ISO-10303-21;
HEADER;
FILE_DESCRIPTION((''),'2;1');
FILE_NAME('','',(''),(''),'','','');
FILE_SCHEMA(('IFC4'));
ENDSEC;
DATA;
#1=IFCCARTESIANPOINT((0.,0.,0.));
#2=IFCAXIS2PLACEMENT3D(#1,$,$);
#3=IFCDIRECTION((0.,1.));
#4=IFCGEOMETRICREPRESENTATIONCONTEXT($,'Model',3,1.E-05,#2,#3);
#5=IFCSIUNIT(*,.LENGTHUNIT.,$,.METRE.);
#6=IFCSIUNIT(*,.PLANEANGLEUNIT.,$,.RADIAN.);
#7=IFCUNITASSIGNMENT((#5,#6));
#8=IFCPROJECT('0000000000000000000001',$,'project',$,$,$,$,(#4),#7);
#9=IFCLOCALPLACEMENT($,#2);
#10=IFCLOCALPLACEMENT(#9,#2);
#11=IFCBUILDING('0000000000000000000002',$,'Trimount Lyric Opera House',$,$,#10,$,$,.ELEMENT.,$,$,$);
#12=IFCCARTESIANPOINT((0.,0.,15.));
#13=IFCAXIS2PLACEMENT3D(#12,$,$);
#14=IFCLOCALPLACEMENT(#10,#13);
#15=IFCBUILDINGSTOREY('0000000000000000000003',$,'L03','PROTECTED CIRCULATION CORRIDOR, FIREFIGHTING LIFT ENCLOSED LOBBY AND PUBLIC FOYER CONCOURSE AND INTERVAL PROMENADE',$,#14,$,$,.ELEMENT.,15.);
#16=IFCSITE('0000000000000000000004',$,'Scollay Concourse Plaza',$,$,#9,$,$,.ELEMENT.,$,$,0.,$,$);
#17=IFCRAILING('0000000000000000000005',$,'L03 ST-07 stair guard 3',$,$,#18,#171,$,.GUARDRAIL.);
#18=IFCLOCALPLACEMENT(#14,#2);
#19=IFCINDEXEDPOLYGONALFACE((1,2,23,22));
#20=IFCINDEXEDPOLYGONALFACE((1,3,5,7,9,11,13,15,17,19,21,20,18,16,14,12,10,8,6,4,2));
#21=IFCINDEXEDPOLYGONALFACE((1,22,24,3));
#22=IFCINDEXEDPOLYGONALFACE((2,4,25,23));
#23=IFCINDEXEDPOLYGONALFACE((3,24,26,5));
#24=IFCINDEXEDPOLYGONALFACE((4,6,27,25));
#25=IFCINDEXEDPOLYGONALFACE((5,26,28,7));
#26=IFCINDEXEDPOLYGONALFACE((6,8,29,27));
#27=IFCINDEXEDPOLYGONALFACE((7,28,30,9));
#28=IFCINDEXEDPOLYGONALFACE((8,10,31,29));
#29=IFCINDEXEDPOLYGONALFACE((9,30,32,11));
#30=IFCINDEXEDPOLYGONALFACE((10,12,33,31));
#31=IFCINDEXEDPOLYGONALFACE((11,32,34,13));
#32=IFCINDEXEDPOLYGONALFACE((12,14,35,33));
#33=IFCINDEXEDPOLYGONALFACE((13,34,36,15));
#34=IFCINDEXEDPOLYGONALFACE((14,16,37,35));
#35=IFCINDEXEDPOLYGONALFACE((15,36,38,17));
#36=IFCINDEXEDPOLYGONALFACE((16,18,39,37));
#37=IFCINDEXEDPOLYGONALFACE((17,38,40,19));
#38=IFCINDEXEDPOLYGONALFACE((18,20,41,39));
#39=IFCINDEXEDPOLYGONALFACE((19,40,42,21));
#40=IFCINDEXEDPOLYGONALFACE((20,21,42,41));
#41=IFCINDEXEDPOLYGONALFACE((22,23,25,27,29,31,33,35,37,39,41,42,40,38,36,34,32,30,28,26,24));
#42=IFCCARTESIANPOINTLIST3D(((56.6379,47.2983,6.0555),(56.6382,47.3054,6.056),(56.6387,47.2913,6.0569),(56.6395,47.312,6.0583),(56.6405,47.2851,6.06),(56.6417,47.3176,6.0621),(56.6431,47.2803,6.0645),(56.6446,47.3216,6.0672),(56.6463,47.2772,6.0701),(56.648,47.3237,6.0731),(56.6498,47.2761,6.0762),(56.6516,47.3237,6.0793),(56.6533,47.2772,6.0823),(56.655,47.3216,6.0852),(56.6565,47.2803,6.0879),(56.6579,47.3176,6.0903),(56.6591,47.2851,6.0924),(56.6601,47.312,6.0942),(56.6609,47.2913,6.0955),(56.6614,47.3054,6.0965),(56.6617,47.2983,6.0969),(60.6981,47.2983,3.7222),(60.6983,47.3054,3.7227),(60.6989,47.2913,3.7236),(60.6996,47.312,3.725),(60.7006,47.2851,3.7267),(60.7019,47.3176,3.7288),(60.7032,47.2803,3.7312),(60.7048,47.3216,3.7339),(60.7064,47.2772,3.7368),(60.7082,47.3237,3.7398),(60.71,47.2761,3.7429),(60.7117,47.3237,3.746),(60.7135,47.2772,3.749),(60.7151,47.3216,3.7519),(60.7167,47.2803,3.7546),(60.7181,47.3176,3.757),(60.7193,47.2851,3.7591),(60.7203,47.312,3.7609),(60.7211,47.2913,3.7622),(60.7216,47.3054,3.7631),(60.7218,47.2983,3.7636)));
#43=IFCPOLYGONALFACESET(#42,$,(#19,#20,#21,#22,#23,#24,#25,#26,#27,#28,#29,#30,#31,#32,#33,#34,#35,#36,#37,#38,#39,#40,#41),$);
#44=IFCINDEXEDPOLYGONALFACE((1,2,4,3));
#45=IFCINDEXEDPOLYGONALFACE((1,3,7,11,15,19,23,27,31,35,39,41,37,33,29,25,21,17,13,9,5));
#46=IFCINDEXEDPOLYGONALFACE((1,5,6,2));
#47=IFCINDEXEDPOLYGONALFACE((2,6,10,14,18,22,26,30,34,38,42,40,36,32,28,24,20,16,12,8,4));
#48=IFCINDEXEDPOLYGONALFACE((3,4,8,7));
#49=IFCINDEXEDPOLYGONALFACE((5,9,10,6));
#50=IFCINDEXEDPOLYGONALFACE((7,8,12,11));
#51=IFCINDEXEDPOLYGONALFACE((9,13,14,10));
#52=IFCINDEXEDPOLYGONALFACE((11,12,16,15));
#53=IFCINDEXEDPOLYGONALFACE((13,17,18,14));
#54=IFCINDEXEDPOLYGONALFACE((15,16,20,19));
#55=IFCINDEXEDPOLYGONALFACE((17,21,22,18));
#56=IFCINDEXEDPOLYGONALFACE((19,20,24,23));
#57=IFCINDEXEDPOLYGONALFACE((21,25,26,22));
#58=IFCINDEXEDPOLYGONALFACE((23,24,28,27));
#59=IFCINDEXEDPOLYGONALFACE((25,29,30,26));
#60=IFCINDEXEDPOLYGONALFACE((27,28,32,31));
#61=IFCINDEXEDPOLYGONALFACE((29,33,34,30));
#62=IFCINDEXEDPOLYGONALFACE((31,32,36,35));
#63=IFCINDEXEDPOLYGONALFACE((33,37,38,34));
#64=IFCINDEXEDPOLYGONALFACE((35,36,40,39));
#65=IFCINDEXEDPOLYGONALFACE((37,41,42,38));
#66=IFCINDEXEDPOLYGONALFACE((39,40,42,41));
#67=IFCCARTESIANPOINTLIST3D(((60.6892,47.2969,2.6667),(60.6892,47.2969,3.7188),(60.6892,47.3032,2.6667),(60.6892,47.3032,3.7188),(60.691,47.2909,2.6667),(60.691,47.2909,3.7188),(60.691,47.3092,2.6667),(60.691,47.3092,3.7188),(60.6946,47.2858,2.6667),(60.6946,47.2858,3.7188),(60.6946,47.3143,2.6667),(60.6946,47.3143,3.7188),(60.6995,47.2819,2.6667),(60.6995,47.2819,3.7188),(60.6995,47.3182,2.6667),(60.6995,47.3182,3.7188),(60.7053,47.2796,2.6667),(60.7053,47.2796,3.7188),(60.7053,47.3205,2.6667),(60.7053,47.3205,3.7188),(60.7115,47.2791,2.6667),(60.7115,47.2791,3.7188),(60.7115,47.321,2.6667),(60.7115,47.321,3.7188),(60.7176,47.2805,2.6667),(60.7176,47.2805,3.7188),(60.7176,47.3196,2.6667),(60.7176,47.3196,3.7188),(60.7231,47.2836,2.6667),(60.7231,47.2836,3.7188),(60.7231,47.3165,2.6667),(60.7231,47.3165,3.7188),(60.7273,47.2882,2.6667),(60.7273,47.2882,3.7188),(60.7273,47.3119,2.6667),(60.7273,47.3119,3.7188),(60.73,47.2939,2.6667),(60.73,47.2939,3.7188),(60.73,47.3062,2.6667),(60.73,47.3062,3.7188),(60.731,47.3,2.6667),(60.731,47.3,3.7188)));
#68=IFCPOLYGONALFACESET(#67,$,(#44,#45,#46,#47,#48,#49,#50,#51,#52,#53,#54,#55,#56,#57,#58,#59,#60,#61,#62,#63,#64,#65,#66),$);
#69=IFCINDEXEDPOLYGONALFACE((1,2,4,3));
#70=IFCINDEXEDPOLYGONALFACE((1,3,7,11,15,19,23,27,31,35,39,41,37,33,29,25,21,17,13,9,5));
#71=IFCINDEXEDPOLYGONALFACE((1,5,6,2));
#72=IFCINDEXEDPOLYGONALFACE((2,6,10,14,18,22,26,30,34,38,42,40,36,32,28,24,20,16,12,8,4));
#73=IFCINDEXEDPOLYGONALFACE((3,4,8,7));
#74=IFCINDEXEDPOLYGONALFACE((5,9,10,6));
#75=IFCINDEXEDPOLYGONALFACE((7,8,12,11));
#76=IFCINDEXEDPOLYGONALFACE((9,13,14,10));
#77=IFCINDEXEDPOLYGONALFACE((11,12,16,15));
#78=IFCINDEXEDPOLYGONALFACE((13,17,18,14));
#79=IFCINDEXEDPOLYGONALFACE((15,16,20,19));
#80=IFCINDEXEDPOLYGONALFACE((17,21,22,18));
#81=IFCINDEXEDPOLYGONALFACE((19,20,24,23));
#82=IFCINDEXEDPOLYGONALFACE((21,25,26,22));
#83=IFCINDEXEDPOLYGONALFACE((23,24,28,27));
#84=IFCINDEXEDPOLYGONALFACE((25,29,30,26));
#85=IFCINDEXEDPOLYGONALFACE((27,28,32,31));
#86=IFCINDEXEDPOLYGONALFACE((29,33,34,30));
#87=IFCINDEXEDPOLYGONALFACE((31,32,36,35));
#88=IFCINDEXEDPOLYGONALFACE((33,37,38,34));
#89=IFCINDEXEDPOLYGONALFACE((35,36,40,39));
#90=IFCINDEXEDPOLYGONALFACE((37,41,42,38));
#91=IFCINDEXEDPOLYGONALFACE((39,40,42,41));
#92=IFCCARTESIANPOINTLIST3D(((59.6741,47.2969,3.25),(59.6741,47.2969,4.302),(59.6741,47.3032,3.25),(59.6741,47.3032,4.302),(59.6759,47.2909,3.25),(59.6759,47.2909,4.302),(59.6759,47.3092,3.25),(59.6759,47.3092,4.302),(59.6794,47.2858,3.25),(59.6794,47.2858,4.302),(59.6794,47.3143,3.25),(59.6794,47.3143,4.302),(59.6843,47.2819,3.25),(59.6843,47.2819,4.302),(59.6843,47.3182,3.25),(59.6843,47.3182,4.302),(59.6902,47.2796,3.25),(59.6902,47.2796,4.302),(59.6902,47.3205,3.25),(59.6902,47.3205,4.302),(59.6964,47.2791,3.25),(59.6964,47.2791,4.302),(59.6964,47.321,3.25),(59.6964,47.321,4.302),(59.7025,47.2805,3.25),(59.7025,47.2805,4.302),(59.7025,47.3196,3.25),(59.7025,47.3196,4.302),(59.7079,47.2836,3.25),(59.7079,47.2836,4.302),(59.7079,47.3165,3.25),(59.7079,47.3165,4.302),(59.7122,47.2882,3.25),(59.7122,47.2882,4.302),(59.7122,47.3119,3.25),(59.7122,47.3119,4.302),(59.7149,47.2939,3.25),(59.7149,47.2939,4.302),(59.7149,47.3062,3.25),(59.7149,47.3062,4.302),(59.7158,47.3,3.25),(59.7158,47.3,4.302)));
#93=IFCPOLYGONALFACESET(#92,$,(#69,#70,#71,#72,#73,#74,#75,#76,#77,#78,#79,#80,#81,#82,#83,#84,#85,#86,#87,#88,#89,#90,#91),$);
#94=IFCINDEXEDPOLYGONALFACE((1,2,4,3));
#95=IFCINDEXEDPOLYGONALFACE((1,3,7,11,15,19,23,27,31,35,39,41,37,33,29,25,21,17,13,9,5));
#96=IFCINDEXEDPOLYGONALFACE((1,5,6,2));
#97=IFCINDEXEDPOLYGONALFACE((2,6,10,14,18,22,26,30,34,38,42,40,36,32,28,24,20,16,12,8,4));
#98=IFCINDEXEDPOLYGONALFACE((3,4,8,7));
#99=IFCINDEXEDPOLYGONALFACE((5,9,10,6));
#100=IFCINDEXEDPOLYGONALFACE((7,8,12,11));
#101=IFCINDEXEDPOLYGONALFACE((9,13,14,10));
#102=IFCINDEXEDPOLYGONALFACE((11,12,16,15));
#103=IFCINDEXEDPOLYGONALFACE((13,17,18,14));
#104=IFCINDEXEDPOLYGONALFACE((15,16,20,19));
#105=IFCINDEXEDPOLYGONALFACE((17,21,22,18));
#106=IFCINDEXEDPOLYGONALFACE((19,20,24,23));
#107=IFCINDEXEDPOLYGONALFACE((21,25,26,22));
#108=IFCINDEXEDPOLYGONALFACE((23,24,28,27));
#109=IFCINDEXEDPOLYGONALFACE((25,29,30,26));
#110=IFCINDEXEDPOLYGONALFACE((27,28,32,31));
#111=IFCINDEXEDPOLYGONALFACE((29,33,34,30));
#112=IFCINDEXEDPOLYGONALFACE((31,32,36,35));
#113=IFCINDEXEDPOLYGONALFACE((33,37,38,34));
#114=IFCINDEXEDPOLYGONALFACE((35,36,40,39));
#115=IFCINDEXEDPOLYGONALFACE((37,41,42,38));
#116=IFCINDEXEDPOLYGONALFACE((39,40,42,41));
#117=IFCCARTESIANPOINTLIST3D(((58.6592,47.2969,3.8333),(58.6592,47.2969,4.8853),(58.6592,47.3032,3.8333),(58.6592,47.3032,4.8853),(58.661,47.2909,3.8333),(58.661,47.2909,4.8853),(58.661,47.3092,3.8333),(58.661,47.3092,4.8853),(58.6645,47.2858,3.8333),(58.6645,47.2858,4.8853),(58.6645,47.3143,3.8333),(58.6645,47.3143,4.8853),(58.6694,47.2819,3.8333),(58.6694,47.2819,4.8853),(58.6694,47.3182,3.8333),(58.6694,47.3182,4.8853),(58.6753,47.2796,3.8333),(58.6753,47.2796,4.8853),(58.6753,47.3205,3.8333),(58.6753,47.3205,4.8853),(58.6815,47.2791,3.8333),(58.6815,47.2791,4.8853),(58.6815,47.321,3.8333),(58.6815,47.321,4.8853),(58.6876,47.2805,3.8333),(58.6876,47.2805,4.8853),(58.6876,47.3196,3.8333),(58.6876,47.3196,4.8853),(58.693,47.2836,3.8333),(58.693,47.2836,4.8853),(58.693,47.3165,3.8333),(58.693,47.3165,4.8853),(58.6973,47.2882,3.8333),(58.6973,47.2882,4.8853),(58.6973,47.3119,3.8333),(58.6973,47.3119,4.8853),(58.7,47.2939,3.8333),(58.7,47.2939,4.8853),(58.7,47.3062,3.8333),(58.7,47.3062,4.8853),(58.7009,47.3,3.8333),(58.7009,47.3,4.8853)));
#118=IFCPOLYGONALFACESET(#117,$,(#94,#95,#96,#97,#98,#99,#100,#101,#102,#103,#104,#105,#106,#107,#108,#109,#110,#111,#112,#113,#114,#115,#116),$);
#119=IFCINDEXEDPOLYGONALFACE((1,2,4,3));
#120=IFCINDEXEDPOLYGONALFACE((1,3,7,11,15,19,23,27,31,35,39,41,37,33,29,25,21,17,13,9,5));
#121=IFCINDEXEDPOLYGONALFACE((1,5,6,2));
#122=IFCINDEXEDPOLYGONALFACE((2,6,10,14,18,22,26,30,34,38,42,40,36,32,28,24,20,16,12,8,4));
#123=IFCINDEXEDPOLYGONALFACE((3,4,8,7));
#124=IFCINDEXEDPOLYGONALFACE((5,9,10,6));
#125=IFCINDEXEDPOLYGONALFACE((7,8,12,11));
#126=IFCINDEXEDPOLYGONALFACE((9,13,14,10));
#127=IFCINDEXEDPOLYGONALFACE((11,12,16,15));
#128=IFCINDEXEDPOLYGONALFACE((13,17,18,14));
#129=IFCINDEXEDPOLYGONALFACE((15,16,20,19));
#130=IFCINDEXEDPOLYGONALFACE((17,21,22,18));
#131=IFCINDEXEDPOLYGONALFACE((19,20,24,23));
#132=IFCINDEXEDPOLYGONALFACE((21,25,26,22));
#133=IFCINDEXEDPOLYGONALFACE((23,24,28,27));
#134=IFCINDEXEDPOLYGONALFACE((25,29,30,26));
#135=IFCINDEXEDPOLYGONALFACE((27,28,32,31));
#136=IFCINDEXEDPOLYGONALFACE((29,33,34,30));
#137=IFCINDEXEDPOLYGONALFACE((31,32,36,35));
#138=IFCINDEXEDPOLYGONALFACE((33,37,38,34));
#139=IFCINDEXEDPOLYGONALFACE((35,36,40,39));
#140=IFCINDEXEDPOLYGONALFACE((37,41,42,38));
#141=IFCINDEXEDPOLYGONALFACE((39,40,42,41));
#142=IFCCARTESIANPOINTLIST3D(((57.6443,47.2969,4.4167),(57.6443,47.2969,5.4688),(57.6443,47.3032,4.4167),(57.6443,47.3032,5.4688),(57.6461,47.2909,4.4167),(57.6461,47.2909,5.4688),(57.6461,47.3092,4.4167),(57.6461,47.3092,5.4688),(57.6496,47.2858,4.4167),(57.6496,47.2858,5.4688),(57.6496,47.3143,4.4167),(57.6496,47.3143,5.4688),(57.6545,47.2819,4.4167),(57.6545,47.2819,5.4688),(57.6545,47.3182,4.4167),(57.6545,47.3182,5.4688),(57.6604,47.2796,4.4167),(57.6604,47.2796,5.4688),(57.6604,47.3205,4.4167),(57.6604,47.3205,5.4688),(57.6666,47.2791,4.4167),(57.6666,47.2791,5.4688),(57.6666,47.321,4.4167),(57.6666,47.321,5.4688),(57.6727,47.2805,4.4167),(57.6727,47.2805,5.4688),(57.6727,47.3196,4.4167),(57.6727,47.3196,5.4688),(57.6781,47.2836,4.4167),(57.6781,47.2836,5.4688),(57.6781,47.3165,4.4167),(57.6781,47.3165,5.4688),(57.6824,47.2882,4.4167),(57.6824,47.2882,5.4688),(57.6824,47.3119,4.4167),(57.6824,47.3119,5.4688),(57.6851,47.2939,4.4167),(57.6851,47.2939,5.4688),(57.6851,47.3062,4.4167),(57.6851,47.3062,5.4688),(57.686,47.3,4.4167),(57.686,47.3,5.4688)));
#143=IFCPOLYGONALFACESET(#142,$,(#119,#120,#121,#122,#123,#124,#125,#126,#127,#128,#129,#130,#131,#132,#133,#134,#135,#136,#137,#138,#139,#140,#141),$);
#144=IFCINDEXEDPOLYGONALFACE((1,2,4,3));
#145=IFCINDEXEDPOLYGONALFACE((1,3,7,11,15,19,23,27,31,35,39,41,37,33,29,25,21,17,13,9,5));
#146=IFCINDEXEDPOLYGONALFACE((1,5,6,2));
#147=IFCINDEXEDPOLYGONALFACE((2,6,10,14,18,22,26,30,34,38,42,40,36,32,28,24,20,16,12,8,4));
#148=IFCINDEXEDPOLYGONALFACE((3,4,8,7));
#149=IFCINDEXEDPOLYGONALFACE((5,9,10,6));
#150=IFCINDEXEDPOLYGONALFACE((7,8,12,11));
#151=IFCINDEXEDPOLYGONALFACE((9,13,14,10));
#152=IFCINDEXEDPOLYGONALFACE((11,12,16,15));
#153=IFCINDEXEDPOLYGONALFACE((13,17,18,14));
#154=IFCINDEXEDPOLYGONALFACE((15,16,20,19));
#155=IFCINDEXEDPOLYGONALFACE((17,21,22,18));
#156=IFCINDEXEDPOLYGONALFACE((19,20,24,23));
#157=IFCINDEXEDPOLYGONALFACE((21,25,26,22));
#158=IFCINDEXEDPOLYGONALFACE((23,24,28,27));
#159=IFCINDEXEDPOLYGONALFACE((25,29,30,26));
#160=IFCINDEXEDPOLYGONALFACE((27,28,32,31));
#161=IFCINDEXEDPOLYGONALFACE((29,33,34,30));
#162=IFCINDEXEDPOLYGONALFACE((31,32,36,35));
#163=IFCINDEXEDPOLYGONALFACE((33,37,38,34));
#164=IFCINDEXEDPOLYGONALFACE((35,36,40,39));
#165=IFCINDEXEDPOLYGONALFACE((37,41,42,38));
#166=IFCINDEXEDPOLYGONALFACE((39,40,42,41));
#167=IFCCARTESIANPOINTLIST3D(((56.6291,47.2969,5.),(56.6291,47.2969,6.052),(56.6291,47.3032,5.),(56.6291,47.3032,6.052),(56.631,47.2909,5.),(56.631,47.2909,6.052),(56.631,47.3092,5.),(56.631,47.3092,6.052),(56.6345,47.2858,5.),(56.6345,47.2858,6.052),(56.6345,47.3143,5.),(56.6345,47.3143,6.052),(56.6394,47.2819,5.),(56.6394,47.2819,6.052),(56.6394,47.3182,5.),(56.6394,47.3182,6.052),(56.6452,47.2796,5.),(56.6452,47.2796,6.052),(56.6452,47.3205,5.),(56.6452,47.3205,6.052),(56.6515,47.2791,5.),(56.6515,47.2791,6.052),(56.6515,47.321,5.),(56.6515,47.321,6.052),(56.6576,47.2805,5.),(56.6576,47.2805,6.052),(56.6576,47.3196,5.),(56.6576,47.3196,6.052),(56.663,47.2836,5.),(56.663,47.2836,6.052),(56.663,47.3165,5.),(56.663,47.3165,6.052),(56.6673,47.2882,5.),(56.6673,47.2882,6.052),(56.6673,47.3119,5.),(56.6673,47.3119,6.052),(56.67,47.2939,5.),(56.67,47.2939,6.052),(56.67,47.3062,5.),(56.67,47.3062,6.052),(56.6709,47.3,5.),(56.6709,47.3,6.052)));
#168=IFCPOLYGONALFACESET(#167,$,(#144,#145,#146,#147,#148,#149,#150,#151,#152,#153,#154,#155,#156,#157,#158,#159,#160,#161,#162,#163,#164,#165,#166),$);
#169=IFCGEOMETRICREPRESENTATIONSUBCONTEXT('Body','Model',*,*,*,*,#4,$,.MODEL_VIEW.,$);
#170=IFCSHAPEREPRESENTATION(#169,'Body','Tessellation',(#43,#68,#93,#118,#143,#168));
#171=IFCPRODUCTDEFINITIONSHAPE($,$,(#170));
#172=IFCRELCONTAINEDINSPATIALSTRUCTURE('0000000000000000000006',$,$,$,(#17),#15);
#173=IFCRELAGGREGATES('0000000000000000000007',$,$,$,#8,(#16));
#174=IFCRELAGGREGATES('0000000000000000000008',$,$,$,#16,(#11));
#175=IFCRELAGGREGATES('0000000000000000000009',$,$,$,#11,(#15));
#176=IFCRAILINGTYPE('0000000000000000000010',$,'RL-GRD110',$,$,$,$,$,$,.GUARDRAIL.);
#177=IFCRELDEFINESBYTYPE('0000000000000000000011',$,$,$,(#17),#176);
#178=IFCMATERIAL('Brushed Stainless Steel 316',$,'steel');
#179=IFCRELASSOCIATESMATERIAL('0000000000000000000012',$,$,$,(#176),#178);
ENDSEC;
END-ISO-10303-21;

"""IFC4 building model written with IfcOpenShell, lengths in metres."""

from ifc_helpers import new_model, si_unit, direction, frame, origin, origin_2d, place, context, subcontext, project, spatial, circle, extrude, material, type_object, element, save


model = new_model("IFC4")

# Units and contexts
model_context = context("Model", 3, precision=1e-05, world=origin(), true_north=direction((0.0, 1.0)))
body_context = subcontext(model_context, "Body", "Model", "MODEL_VIEW")
ifc_project = project(units=[si_unit("LENGTHUNIT", "METRE"), si_unit("PLANEANGLEUNIT", "RADIAN")], contexts=[model_context])

# Site, building, storey
site_placement = place(None, origin())
site = spatial("IfcSite", under=ifc_project, at=site_placement, Name="Scollay Concourse Plaza", CompositionType="ELEMENT", RefElevation=0.0)
building_placement = place(site_placement, origin())
building = spatial("IfcBuilding", under=site, at=building_placement, Name="Trimount Lyric Opera House", CompositionType="ELEMENT")
storey_placement = place(building_placement, frame((0.0, 0.0, 15.0)))
storey = spatial("IfcBuildingStorey", under=building, at=storey_placement, Name="L03", Description="PROTECTED CIRCULATION CORRIDOR, FIREFIGHTING LIFT ENCLOSED LOBBY AND PUBLIC FOYER CONCOURSE AND INTERVAL PROMENADE", CompositionType="ELEMENT", Elevation=15.0)

# Railing
ifc_material_1 = material(Name="Brushed Stainless Steel 316", Category="steel")
railing_type_1 = type_object("IfcRailingType", Name="RL-GRD110", PredefinedType="GUARDRAIL", material=ifc_material_1)
railing_1_placement = place(storey_placement, frame((60.71, 47.3, 2.6667)))
element("IfcRailing", 1, at=railing_1_placement, inside=storey, type_object=railing_type_1, Name="L03 ST-07 stair guard 3", PredefinedType="GUARDRAIL", context=body_context, shape_type="SweptSolid", body=[
    extrude(circle(Radius=0.0239, at=origin_2d()), frame((0.0, 0.0, 1.0762), z_axis=(-0.867025, 0.0, 0.498265), x_axis=(0.0, -1.0, 0.0)), (0.0, 0.0, 1.0), 4.6829),
    extrude(circle(Radius=0.021, at=origin_2d()), origin(), (0.0, 0.0, 1.0), 1.052),
    extrude(circle(Radius=0.021, at=origin_2d()), frame((-1.0151, 0.0, 0.5833)), (0.0, 0.0, 1.0), 1.052),
    extrude(circle(Radius=0.021, at=origin_2d()), frame((-2.03, 0.0, 1.1665)), (0.0, 0.0, 1.0), 1.052),
    extrude(circle(Radius=0.021, at=origin_2d()), frame((-3.0449, 0.0, 1.75)), (0.0, 0.0, 1.0), 1.052),
    extrude(circle(Radius=0.021, at=origin_2d()), frame((-4.0601, 0.0, 2.3333)), (0.0, 0.0, 1.0), 1.052),
])

save(model, "model.ifc")
